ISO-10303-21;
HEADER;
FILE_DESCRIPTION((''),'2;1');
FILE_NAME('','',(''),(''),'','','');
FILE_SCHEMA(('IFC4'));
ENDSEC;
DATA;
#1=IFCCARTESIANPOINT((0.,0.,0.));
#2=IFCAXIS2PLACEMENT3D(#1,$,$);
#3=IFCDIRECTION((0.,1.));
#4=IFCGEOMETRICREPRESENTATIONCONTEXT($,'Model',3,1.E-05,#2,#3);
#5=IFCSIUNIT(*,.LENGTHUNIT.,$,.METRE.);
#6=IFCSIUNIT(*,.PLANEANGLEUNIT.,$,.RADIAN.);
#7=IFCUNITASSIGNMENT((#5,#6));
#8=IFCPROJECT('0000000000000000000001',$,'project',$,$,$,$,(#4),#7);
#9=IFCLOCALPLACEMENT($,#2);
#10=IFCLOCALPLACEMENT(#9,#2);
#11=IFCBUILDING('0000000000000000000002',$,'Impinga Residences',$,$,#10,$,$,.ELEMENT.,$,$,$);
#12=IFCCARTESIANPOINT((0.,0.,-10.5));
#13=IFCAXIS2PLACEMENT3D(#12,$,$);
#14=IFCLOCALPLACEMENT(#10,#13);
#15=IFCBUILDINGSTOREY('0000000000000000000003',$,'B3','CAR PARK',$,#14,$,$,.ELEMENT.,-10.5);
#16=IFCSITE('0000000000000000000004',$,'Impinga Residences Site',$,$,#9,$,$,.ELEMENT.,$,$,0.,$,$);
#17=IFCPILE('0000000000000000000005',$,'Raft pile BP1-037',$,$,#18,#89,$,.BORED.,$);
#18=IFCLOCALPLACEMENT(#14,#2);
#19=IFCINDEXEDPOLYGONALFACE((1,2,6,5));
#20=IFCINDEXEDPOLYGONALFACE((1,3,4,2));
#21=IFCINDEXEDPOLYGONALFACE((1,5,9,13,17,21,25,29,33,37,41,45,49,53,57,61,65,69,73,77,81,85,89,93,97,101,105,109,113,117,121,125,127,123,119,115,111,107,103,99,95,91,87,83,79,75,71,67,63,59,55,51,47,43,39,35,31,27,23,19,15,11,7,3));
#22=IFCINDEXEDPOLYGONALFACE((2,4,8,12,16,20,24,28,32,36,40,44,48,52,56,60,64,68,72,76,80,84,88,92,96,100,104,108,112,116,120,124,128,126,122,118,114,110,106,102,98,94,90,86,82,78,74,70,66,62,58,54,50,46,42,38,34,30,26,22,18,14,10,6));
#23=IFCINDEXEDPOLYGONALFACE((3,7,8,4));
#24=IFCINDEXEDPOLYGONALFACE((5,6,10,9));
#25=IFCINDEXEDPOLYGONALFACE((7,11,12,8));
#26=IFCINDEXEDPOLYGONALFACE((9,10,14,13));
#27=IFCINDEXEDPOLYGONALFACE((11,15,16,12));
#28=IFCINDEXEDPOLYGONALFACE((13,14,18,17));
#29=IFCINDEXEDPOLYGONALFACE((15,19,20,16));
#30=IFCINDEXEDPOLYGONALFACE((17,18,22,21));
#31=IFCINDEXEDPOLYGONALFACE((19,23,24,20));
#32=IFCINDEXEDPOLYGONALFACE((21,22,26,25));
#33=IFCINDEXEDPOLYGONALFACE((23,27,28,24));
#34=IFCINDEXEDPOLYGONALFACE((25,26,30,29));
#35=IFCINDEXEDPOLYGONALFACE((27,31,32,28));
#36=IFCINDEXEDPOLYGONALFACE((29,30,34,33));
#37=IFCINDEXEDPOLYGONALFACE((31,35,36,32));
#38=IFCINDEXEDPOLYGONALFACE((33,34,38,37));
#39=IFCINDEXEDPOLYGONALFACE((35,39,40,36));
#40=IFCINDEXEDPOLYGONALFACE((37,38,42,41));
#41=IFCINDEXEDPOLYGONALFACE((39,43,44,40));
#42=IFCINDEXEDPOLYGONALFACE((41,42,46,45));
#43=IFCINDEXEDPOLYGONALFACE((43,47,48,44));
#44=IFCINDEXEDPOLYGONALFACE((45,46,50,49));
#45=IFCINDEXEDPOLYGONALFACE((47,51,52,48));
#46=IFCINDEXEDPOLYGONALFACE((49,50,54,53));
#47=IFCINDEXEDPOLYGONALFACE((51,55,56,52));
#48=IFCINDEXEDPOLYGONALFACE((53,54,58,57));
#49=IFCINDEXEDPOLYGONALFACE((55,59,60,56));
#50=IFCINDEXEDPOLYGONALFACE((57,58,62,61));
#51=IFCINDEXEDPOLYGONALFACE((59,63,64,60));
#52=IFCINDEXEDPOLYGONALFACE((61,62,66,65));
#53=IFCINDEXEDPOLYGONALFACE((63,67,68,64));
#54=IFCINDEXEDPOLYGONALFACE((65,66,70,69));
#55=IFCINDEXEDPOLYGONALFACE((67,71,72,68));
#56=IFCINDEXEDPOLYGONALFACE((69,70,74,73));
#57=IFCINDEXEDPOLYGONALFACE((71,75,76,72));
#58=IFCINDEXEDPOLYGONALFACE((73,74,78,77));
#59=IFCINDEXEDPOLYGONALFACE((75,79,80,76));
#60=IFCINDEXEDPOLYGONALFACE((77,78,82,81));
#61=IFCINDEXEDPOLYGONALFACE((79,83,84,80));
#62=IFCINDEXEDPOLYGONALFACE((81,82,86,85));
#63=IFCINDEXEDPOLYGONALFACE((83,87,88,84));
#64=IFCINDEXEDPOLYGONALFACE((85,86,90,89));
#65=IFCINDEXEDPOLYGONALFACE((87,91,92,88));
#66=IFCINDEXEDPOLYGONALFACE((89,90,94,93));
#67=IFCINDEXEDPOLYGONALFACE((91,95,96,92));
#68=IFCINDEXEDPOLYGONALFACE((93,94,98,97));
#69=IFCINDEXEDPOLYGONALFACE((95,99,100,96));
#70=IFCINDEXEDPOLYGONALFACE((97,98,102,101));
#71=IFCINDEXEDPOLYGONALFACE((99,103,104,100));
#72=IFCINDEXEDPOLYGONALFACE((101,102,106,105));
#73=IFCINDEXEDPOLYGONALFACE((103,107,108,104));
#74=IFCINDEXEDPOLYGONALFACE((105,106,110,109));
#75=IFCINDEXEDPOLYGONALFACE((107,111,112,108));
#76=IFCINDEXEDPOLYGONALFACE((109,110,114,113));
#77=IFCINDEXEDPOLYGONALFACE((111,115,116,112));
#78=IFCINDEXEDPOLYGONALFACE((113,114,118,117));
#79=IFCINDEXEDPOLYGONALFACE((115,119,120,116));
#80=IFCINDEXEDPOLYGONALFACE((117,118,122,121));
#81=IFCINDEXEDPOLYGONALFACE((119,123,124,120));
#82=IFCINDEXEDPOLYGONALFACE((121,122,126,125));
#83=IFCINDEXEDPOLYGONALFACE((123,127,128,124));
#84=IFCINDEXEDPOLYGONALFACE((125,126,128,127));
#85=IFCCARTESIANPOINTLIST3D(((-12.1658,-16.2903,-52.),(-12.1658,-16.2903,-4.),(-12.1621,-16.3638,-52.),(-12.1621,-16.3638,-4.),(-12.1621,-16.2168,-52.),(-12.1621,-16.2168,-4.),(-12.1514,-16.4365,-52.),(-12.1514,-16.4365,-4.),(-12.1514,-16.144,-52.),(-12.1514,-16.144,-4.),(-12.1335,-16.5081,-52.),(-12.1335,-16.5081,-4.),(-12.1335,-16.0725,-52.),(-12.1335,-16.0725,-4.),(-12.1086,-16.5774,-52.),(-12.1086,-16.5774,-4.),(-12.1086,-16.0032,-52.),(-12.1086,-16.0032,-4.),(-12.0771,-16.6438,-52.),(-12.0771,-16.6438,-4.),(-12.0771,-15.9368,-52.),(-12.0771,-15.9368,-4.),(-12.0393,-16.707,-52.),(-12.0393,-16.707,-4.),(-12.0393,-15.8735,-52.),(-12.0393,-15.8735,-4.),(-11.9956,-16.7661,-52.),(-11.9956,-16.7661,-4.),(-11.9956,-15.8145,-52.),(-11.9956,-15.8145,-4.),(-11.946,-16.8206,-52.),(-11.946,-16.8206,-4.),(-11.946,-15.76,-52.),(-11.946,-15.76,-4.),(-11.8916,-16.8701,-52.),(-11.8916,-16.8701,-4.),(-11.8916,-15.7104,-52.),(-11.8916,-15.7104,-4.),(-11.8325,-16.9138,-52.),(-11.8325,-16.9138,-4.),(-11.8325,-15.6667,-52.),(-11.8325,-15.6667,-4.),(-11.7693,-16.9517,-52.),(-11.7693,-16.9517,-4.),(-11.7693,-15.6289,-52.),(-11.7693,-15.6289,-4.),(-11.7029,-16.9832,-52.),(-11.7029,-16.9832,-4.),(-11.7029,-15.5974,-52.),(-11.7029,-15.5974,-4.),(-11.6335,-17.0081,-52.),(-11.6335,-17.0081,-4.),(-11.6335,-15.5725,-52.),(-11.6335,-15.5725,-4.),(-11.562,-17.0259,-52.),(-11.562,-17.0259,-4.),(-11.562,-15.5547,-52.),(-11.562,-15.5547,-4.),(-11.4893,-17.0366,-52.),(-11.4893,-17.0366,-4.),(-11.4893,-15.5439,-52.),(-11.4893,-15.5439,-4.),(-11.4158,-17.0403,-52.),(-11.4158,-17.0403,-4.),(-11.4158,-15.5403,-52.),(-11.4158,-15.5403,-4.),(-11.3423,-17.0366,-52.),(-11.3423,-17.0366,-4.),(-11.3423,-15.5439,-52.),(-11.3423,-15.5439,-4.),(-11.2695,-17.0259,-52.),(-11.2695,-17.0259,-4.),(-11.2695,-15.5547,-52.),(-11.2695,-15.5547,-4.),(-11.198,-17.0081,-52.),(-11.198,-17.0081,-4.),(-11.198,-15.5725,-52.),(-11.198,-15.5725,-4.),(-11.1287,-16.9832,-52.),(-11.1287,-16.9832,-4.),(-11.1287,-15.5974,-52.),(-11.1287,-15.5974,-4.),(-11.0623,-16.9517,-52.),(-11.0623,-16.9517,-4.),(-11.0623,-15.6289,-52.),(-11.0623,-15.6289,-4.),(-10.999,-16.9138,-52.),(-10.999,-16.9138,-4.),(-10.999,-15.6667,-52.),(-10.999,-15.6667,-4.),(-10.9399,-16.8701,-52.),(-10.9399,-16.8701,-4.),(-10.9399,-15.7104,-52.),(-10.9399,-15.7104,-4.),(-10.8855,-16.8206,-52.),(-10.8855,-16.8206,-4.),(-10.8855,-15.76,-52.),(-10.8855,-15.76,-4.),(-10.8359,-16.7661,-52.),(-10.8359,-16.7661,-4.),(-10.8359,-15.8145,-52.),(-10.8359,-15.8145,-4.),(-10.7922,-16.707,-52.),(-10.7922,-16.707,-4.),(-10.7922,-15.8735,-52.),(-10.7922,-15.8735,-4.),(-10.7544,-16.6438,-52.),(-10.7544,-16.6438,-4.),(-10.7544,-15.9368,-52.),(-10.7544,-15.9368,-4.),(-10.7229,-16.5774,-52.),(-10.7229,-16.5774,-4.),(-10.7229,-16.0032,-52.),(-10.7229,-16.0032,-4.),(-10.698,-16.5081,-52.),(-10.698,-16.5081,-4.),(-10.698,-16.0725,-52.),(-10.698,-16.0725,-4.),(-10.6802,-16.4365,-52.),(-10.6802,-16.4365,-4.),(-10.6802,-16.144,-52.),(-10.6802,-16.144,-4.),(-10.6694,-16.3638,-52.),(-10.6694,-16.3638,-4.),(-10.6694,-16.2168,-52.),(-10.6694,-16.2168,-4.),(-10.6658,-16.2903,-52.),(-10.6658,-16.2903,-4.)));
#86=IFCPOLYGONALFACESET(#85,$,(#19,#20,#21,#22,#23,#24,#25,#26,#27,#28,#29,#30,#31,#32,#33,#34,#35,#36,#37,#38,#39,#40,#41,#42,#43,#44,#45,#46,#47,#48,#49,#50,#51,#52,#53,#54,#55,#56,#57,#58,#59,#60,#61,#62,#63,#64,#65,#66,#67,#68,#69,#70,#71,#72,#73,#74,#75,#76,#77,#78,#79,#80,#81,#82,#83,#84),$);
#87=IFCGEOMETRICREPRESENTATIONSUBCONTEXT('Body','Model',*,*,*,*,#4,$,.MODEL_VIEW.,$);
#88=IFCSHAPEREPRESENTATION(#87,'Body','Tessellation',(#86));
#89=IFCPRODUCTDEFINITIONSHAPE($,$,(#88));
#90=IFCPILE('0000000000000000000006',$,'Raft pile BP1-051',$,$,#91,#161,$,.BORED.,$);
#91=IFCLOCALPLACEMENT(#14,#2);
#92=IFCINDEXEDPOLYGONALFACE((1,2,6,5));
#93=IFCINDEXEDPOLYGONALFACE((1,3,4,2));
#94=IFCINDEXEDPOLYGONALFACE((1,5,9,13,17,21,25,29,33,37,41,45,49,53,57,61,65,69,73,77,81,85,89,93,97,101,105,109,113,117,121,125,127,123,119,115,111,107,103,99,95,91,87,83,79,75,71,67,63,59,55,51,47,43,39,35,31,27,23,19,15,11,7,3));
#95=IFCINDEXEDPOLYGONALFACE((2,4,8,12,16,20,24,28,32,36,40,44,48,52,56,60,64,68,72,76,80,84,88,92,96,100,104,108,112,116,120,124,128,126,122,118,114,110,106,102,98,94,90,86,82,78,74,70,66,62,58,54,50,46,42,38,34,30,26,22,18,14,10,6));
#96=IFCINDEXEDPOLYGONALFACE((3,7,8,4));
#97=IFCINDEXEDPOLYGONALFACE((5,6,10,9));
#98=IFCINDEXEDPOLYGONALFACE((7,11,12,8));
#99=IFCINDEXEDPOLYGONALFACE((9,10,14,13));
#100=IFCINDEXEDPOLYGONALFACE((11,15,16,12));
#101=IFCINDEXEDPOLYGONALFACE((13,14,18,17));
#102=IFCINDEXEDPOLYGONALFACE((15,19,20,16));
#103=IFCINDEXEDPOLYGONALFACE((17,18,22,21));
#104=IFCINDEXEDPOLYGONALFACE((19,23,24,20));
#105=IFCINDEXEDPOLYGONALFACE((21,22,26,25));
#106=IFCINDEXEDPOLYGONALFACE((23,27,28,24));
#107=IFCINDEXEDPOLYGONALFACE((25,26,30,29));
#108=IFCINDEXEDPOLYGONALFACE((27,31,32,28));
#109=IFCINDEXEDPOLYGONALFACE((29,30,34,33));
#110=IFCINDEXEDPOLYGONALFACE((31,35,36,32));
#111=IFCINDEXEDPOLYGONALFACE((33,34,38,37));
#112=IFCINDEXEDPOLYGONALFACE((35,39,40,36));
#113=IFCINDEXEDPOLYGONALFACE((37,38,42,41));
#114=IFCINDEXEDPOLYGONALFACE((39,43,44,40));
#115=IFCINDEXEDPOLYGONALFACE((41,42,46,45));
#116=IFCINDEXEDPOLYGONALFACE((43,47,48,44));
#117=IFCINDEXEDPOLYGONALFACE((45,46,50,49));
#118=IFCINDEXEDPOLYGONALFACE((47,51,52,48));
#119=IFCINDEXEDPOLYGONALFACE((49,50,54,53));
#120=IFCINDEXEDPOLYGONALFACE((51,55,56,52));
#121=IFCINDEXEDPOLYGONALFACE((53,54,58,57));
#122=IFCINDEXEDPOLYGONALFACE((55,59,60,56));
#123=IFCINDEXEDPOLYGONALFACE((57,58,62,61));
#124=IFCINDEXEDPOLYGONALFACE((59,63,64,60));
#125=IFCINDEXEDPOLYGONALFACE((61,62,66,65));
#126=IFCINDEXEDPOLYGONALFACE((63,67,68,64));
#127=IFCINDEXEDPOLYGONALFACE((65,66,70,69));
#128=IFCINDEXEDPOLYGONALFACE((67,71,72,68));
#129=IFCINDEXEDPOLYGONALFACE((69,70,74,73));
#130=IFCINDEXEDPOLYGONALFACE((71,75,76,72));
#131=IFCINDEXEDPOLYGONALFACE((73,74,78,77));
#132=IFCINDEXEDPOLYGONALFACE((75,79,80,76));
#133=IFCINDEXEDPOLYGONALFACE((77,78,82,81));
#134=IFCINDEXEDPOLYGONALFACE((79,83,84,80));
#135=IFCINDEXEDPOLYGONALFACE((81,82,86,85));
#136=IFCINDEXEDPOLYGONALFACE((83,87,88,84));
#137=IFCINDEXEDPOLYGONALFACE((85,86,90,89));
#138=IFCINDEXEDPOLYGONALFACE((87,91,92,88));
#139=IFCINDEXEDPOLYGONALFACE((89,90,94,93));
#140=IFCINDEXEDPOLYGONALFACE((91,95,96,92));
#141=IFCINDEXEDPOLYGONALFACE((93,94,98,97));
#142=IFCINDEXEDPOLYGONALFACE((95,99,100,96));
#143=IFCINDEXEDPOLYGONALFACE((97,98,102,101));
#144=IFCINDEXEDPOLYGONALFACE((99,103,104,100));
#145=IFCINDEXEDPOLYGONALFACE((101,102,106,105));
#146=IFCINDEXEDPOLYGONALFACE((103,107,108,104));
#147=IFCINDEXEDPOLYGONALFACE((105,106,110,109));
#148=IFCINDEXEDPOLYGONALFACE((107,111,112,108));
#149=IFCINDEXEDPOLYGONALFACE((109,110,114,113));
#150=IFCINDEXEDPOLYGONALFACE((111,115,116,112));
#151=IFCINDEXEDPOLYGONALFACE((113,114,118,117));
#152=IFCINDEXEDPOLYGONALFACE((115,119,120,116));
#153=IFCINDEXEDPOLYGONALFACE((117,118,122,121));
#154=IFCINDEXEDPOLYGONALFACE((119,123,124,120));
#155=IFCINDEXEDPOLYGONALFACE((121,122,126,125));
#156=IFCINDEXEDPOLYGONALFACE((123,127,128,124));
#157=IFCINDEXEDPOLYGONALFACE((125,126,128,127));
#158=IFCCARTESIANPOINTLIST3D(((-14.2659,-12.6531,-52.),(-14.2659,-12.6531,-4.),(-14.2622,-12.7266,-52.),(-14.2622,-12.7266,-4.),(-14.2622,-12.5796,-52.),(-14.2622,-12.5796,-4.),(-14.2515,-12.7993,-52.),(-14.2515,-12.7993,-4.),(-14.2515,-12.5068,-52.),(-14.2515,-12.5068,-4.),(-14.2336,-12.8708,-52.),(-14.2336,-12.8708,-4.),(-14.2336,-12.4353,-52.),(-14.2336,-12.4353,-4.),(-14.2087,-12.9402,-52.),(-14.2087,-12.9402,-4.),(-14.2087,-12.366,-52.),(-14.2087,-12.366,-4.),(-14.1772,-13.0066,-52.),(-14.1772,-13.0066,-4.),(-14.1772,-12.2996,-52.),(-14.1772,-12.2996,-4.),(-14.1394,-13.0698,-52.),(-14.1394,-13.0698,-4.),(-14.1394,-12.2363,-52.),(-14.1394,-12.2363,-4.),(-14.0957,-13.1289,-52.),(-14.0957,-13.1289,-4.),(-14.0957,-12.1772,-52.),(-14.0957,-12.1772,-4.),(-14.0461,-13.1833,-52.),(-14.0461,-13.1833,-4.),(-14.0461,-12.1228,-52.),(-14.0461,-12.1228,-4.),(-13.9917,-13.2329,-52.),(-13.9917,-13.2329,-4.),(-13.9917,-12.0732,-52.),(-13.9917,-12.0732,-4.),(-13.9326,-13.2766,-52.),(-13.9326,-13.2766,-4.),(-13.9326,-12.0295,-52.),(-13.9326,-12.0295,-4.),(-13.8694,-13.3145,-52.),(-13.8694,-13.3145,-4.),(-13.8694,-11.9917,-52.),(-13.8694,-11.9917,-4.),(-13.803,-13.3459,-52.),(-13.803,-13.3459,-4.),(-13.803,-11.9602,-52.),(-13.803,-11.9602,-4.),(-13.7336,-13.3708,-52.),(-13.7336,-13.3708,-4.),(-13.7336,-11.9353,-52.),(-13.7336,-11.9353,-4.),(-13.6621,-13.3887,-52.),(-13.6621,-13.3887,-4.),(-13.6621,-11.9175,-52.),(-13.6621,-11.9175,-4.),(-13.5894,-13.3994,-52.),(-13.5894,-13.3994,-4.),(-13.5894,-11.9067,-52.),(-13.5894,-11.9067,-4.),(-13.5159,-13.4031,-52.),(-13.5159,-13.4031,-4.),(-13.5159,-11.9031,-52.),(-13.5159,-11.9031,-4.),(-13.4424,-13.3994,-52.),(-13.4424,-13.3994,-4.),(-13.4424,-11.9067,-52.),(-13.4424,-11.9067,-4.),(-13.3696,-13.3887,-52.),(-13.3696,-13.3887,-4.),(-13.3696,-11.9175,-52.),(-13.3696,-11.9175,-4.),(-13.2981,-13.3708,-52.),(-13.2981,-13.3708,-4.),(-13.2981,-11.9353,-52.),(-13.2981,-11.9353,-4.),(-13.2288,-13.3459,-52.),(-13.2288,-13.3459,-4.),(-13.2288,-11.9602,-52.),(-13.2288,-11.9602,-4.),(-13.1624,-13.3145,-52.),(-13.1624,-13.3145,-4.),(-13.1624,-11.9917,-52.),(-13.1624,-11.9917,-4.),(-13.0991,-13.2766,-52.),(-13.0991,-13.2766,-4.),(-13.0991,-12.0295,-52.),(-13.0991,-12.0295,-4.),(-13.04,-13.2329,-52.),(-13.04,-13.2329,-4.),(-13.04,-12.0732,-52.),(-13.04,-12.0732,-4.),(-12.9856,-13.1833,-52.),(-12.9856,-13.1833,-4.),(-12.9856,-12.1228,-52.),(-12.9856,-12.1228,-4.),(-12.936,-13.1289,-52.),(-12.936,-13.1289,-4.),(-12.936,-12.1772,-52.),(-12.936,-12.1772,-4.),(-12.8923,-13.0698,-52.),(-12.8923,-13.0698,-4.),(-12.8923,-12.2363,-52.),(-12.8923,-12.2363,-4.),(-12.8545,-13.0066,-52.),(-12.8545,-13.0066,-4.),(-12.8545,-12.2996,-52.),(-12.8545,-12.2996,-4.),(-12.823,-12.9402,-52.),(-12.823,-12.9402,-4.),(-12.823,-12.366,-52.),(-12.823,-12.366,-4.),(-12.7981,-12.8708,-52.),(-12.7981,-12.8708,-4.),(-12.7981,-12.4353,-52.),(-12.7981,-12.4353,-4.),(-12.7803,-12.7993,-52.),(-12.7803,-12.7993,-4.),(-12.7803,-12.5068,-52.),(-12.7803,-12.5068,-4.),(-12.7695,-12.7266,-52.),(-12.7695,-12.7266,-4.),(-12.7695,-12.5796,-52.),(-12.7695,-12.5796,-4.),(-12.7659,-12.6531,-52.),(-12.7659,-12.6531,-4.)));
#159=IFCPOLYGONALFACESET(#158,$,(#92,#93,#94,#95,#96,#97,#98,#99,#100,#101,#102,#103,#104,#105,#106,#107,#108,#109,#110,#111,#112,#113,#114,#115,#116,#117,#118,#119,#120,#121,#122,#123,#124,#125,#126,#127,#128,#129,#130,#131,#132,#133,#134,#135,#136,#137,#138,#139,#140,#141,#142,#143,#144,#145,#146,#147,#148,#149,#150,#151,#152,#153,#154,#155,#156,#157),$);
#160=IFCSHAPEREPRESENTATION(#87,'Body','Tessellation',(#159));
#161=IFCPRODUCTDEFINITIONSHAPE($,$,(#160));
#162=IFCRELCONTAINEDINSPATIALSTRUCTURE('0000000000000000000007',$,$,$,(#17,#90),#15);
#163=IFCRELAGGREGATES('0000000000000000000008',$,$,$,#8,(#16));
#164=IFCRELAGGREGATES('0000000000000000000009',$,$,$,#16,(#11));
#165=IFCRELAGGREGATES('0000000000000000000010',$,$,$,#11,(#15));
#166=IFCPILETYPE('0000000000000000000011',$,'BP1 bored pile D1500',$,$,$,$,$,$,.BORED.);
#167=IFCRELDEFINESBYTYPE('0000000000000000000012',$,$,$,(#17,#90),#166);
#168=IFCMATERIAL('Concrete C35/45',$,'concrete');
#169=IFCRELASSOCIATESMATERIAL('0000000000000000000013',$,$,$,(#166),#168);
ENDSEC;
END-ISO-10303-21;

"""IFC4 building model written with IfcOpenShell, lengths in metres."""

from ifc_helpers import new_model, si_unit, direction, frame, origin, origin_2d, place, context, subcontext, project, spatial, polyline, circle, outline, extrude, material, material_profile, profile_set, type_object, element, save


model = new_model("IFC4")

# Units and contexts
model_context = context("Model", 3, precision=1e-05, world=origin(), true_north=direction((0.0, 1.0)))
body_context = subcontext(model_context, "Body", "Model", "MODEL_VIEW")
ifc_project = project(units=[si_unit("LENGTHUNIT", "METRE"), si_unit("PLANEANGLEUNIT", "RADIAN")], contexts=[model_context])

# Site, building, storey
site_placement = place(None, origin())
site = spatial("IfcSite", under=ifc_project, at=site_placement, Name="Impinga Residences Site", CompositionType="ELEMENT", RefElevation=0.0)
building_placement = place(site_placement, origin())
building = spatial("IfcBuilding", under=site, at=building_placement, Name="Impinga Residences", CompositionType="ELEMENT")
storey_placement = place(building_placement, frame((0.0, 0.0, -10.5)))
storey = spatial("IfcBuildingStorey", under=building, at=storey_placement, Name="B3", Description="CAR PARK", CompositionType="ELEMENT", Elevation=-10.5)

# Piles
ifc_material_1 = material(Name="Concrete C35/45", Category="concrete")
ifc_material_profile_1 = material_profile(ifc_material_1, circle(Radius=0.75, at=origin_2d()), Name="D1500")
ifc_profile_set_1 = profile_set([ifc_material_profile_1], Name="Concrete C35/45")
pile_type = type_object("IfcPileType", Name="BP1 bored pile D1500", PredefinedType="BORED", material=ifc_profile_set_1)
pile_1_placement = place(storey_placement, frame((-11.4158, -16.2903, -4.0), z_axis=(0.0, 0.0, -1.0), x_axis=(1.0, 0.0, 0.0)))
element("IfcPile", 1, at=pile_1_placement, inside=storey, type_object=pile_type, Name="Raft pile BP1-037", PredefinedType="BORED", context=body_context, shape_type="SweptSolid", body=[
    extrude(outline(polyline([(0.75, 0.0), (0.7463, 0.0735), (0.7356, 0.1462), (0.7178, 0.2178), (0.6929, 0.2871), (0.6614, 0.3535), (0.6235, 0.4167), (0.5798, 0.4758), (0.5303, 0.5303), (0.4758, 0.5798), (0.4167, 0.6235), (0.3535, 0.6614), (0.2871, 0.6929), (0.2178, 0.7178), (0.1462, 0.7356), (0.0735, 0.7463), (0.0, 0.75), (-0.0735, 0.7463), (-0.1462, 0.7356), (-0.2178, 0.7178), (-0.2871, 0.6929), (-0.3535, 0.6614), (-0.4167, 0.6235), (-0.4758, 0.5798), (-0.5303, 0.5303), (-0.5798, 0.4758), (-0.6235, 0.4167), (-0.6614, 0.3535), (-0.6929, 0.2871), (-0.7178, 0.2178), (-0.7356, 0.1462), (-0.7463, 0.0735), (-0.75, 0.0), (-0.7463, -0.0735), (-0.7356, -0.1462), (-0.7178, -0.2178), (-0.6929, -0.2871), (-0.6614, -0.3535), (-0.6235, -0.4167), (-0.5798, -0.4758), (-0.5303, -0.5303), (-0.4758, -0.5798), (-0.4167, -0.6235), (-0.3535, -0.6614), (-0.2871, -0.6929), (-0.2178, -0.7178), (-0.1462, -0.7356), (-0.0735, -0.7463), (0.0, -0.75), (0.0735, -0.7463), (0.1462, -0.7356), (0.2178, -0.7178), (0.2871, -0.6929), (0.3535, -0.6614), (0.4167, -0.6235), (0.4758, -0.5798), (0.5303, -0.5303), (0.5798, -0.4758), (0.6235, -0.4167), (0.6614, -0.3535), (0.6929, -0.2871), (0.7178, -0.2178), (0.7356, -0.1462), (0.7463, -0.0735), (0.75, 0.0)])), origin(), (0.0, 0.0, 1.0), 48.0),
])
pile_2_placement = place(storey_placement, frame((-13.5159, -12.6531, -4.0), z_axis=(0.0, 0.0, -1.0), x_axis=(1.0, 0.0, 0.0)))
element("IfcPile", 2, at=pile_2_placement, inside=storey, type_object=pile_type, Name="Raft pile BP1-051", PredefinedType="BORED", context=body_context, shape_type="SweptSolid", body=[
    extrude(outline(polyline([(0.75, 0.0), (0.7463, 0.0735), (0.7356, 0.1462), (0.7178, 0.2178), (0.6929, 0.2871), (0.6614, 0.3535), (0.6235, 0.4167), (0.5798, 0.4758), (0.5303, 0.5303), (0.4758, 0.5798), (0.4167, 0.6235), (0.3535, 0.6614), (0.2871, 0.6929), (0.2178, 0.7178), (0.1462, 0.7356), (0.0735, 0.7463), (0.0, 0.75), (-0.0735, 0.7463), (-0.1462, 0.7356), (-0.2178, 0.7178), (-0.2871, 0.6929), (-0.3535, 0.6614), (-0.4167, 0.6235), (-0.4758, 0.5798), (-0.5303, 0.5303), (-0.5798, 0.4758), (-0.6235, 0.4167), (-0.6614, 0.3535), (-0.6929, 0.2871), (-0.7178, 0.2178), (-0.7356, 0.1462), (-0.7463, 0.0735), (-0.75, 0.0), (-0.7463, -0.0735), (-0.7356, -0.1462), (-0.7178, -0.2178), (-0.6929, -0.2871), (-0.6614, -0.3535), (-0.6235, -0.4167), (-0.5798, -0.4758), (-0.5303, -0.5303), (-0.4758, -0.5798), (-0.4167, -0.6235), (-0.3535, -0.6614), (-0.2871, -0.6929), (-0.2178, -0.7178), (-0.1462, -0.7356), (-0.0735, -0.7463), (0.0, -0.75), (0.0735, -0.7463), (0.1462, -0.7356), (0.2178, -0.7178), (0.2871, -0.6929), (0.3535, -0.6614), (0.4167, -0.6235), (0.4758, -0.5798), (0.5303, -0.5303), (0.5798, -0.4758), (0.6235, -0.4167), (0.6614, -0.3535), (0.6929, -0.2871), (0.7178, -0.2178), (0.7356, -0.1462), (0.7463, -0.0735), (0.75, 0.0)])), origin(), (0.0, 0.0, 1.0), 48.0),
])

save(model, "model.ifc")
